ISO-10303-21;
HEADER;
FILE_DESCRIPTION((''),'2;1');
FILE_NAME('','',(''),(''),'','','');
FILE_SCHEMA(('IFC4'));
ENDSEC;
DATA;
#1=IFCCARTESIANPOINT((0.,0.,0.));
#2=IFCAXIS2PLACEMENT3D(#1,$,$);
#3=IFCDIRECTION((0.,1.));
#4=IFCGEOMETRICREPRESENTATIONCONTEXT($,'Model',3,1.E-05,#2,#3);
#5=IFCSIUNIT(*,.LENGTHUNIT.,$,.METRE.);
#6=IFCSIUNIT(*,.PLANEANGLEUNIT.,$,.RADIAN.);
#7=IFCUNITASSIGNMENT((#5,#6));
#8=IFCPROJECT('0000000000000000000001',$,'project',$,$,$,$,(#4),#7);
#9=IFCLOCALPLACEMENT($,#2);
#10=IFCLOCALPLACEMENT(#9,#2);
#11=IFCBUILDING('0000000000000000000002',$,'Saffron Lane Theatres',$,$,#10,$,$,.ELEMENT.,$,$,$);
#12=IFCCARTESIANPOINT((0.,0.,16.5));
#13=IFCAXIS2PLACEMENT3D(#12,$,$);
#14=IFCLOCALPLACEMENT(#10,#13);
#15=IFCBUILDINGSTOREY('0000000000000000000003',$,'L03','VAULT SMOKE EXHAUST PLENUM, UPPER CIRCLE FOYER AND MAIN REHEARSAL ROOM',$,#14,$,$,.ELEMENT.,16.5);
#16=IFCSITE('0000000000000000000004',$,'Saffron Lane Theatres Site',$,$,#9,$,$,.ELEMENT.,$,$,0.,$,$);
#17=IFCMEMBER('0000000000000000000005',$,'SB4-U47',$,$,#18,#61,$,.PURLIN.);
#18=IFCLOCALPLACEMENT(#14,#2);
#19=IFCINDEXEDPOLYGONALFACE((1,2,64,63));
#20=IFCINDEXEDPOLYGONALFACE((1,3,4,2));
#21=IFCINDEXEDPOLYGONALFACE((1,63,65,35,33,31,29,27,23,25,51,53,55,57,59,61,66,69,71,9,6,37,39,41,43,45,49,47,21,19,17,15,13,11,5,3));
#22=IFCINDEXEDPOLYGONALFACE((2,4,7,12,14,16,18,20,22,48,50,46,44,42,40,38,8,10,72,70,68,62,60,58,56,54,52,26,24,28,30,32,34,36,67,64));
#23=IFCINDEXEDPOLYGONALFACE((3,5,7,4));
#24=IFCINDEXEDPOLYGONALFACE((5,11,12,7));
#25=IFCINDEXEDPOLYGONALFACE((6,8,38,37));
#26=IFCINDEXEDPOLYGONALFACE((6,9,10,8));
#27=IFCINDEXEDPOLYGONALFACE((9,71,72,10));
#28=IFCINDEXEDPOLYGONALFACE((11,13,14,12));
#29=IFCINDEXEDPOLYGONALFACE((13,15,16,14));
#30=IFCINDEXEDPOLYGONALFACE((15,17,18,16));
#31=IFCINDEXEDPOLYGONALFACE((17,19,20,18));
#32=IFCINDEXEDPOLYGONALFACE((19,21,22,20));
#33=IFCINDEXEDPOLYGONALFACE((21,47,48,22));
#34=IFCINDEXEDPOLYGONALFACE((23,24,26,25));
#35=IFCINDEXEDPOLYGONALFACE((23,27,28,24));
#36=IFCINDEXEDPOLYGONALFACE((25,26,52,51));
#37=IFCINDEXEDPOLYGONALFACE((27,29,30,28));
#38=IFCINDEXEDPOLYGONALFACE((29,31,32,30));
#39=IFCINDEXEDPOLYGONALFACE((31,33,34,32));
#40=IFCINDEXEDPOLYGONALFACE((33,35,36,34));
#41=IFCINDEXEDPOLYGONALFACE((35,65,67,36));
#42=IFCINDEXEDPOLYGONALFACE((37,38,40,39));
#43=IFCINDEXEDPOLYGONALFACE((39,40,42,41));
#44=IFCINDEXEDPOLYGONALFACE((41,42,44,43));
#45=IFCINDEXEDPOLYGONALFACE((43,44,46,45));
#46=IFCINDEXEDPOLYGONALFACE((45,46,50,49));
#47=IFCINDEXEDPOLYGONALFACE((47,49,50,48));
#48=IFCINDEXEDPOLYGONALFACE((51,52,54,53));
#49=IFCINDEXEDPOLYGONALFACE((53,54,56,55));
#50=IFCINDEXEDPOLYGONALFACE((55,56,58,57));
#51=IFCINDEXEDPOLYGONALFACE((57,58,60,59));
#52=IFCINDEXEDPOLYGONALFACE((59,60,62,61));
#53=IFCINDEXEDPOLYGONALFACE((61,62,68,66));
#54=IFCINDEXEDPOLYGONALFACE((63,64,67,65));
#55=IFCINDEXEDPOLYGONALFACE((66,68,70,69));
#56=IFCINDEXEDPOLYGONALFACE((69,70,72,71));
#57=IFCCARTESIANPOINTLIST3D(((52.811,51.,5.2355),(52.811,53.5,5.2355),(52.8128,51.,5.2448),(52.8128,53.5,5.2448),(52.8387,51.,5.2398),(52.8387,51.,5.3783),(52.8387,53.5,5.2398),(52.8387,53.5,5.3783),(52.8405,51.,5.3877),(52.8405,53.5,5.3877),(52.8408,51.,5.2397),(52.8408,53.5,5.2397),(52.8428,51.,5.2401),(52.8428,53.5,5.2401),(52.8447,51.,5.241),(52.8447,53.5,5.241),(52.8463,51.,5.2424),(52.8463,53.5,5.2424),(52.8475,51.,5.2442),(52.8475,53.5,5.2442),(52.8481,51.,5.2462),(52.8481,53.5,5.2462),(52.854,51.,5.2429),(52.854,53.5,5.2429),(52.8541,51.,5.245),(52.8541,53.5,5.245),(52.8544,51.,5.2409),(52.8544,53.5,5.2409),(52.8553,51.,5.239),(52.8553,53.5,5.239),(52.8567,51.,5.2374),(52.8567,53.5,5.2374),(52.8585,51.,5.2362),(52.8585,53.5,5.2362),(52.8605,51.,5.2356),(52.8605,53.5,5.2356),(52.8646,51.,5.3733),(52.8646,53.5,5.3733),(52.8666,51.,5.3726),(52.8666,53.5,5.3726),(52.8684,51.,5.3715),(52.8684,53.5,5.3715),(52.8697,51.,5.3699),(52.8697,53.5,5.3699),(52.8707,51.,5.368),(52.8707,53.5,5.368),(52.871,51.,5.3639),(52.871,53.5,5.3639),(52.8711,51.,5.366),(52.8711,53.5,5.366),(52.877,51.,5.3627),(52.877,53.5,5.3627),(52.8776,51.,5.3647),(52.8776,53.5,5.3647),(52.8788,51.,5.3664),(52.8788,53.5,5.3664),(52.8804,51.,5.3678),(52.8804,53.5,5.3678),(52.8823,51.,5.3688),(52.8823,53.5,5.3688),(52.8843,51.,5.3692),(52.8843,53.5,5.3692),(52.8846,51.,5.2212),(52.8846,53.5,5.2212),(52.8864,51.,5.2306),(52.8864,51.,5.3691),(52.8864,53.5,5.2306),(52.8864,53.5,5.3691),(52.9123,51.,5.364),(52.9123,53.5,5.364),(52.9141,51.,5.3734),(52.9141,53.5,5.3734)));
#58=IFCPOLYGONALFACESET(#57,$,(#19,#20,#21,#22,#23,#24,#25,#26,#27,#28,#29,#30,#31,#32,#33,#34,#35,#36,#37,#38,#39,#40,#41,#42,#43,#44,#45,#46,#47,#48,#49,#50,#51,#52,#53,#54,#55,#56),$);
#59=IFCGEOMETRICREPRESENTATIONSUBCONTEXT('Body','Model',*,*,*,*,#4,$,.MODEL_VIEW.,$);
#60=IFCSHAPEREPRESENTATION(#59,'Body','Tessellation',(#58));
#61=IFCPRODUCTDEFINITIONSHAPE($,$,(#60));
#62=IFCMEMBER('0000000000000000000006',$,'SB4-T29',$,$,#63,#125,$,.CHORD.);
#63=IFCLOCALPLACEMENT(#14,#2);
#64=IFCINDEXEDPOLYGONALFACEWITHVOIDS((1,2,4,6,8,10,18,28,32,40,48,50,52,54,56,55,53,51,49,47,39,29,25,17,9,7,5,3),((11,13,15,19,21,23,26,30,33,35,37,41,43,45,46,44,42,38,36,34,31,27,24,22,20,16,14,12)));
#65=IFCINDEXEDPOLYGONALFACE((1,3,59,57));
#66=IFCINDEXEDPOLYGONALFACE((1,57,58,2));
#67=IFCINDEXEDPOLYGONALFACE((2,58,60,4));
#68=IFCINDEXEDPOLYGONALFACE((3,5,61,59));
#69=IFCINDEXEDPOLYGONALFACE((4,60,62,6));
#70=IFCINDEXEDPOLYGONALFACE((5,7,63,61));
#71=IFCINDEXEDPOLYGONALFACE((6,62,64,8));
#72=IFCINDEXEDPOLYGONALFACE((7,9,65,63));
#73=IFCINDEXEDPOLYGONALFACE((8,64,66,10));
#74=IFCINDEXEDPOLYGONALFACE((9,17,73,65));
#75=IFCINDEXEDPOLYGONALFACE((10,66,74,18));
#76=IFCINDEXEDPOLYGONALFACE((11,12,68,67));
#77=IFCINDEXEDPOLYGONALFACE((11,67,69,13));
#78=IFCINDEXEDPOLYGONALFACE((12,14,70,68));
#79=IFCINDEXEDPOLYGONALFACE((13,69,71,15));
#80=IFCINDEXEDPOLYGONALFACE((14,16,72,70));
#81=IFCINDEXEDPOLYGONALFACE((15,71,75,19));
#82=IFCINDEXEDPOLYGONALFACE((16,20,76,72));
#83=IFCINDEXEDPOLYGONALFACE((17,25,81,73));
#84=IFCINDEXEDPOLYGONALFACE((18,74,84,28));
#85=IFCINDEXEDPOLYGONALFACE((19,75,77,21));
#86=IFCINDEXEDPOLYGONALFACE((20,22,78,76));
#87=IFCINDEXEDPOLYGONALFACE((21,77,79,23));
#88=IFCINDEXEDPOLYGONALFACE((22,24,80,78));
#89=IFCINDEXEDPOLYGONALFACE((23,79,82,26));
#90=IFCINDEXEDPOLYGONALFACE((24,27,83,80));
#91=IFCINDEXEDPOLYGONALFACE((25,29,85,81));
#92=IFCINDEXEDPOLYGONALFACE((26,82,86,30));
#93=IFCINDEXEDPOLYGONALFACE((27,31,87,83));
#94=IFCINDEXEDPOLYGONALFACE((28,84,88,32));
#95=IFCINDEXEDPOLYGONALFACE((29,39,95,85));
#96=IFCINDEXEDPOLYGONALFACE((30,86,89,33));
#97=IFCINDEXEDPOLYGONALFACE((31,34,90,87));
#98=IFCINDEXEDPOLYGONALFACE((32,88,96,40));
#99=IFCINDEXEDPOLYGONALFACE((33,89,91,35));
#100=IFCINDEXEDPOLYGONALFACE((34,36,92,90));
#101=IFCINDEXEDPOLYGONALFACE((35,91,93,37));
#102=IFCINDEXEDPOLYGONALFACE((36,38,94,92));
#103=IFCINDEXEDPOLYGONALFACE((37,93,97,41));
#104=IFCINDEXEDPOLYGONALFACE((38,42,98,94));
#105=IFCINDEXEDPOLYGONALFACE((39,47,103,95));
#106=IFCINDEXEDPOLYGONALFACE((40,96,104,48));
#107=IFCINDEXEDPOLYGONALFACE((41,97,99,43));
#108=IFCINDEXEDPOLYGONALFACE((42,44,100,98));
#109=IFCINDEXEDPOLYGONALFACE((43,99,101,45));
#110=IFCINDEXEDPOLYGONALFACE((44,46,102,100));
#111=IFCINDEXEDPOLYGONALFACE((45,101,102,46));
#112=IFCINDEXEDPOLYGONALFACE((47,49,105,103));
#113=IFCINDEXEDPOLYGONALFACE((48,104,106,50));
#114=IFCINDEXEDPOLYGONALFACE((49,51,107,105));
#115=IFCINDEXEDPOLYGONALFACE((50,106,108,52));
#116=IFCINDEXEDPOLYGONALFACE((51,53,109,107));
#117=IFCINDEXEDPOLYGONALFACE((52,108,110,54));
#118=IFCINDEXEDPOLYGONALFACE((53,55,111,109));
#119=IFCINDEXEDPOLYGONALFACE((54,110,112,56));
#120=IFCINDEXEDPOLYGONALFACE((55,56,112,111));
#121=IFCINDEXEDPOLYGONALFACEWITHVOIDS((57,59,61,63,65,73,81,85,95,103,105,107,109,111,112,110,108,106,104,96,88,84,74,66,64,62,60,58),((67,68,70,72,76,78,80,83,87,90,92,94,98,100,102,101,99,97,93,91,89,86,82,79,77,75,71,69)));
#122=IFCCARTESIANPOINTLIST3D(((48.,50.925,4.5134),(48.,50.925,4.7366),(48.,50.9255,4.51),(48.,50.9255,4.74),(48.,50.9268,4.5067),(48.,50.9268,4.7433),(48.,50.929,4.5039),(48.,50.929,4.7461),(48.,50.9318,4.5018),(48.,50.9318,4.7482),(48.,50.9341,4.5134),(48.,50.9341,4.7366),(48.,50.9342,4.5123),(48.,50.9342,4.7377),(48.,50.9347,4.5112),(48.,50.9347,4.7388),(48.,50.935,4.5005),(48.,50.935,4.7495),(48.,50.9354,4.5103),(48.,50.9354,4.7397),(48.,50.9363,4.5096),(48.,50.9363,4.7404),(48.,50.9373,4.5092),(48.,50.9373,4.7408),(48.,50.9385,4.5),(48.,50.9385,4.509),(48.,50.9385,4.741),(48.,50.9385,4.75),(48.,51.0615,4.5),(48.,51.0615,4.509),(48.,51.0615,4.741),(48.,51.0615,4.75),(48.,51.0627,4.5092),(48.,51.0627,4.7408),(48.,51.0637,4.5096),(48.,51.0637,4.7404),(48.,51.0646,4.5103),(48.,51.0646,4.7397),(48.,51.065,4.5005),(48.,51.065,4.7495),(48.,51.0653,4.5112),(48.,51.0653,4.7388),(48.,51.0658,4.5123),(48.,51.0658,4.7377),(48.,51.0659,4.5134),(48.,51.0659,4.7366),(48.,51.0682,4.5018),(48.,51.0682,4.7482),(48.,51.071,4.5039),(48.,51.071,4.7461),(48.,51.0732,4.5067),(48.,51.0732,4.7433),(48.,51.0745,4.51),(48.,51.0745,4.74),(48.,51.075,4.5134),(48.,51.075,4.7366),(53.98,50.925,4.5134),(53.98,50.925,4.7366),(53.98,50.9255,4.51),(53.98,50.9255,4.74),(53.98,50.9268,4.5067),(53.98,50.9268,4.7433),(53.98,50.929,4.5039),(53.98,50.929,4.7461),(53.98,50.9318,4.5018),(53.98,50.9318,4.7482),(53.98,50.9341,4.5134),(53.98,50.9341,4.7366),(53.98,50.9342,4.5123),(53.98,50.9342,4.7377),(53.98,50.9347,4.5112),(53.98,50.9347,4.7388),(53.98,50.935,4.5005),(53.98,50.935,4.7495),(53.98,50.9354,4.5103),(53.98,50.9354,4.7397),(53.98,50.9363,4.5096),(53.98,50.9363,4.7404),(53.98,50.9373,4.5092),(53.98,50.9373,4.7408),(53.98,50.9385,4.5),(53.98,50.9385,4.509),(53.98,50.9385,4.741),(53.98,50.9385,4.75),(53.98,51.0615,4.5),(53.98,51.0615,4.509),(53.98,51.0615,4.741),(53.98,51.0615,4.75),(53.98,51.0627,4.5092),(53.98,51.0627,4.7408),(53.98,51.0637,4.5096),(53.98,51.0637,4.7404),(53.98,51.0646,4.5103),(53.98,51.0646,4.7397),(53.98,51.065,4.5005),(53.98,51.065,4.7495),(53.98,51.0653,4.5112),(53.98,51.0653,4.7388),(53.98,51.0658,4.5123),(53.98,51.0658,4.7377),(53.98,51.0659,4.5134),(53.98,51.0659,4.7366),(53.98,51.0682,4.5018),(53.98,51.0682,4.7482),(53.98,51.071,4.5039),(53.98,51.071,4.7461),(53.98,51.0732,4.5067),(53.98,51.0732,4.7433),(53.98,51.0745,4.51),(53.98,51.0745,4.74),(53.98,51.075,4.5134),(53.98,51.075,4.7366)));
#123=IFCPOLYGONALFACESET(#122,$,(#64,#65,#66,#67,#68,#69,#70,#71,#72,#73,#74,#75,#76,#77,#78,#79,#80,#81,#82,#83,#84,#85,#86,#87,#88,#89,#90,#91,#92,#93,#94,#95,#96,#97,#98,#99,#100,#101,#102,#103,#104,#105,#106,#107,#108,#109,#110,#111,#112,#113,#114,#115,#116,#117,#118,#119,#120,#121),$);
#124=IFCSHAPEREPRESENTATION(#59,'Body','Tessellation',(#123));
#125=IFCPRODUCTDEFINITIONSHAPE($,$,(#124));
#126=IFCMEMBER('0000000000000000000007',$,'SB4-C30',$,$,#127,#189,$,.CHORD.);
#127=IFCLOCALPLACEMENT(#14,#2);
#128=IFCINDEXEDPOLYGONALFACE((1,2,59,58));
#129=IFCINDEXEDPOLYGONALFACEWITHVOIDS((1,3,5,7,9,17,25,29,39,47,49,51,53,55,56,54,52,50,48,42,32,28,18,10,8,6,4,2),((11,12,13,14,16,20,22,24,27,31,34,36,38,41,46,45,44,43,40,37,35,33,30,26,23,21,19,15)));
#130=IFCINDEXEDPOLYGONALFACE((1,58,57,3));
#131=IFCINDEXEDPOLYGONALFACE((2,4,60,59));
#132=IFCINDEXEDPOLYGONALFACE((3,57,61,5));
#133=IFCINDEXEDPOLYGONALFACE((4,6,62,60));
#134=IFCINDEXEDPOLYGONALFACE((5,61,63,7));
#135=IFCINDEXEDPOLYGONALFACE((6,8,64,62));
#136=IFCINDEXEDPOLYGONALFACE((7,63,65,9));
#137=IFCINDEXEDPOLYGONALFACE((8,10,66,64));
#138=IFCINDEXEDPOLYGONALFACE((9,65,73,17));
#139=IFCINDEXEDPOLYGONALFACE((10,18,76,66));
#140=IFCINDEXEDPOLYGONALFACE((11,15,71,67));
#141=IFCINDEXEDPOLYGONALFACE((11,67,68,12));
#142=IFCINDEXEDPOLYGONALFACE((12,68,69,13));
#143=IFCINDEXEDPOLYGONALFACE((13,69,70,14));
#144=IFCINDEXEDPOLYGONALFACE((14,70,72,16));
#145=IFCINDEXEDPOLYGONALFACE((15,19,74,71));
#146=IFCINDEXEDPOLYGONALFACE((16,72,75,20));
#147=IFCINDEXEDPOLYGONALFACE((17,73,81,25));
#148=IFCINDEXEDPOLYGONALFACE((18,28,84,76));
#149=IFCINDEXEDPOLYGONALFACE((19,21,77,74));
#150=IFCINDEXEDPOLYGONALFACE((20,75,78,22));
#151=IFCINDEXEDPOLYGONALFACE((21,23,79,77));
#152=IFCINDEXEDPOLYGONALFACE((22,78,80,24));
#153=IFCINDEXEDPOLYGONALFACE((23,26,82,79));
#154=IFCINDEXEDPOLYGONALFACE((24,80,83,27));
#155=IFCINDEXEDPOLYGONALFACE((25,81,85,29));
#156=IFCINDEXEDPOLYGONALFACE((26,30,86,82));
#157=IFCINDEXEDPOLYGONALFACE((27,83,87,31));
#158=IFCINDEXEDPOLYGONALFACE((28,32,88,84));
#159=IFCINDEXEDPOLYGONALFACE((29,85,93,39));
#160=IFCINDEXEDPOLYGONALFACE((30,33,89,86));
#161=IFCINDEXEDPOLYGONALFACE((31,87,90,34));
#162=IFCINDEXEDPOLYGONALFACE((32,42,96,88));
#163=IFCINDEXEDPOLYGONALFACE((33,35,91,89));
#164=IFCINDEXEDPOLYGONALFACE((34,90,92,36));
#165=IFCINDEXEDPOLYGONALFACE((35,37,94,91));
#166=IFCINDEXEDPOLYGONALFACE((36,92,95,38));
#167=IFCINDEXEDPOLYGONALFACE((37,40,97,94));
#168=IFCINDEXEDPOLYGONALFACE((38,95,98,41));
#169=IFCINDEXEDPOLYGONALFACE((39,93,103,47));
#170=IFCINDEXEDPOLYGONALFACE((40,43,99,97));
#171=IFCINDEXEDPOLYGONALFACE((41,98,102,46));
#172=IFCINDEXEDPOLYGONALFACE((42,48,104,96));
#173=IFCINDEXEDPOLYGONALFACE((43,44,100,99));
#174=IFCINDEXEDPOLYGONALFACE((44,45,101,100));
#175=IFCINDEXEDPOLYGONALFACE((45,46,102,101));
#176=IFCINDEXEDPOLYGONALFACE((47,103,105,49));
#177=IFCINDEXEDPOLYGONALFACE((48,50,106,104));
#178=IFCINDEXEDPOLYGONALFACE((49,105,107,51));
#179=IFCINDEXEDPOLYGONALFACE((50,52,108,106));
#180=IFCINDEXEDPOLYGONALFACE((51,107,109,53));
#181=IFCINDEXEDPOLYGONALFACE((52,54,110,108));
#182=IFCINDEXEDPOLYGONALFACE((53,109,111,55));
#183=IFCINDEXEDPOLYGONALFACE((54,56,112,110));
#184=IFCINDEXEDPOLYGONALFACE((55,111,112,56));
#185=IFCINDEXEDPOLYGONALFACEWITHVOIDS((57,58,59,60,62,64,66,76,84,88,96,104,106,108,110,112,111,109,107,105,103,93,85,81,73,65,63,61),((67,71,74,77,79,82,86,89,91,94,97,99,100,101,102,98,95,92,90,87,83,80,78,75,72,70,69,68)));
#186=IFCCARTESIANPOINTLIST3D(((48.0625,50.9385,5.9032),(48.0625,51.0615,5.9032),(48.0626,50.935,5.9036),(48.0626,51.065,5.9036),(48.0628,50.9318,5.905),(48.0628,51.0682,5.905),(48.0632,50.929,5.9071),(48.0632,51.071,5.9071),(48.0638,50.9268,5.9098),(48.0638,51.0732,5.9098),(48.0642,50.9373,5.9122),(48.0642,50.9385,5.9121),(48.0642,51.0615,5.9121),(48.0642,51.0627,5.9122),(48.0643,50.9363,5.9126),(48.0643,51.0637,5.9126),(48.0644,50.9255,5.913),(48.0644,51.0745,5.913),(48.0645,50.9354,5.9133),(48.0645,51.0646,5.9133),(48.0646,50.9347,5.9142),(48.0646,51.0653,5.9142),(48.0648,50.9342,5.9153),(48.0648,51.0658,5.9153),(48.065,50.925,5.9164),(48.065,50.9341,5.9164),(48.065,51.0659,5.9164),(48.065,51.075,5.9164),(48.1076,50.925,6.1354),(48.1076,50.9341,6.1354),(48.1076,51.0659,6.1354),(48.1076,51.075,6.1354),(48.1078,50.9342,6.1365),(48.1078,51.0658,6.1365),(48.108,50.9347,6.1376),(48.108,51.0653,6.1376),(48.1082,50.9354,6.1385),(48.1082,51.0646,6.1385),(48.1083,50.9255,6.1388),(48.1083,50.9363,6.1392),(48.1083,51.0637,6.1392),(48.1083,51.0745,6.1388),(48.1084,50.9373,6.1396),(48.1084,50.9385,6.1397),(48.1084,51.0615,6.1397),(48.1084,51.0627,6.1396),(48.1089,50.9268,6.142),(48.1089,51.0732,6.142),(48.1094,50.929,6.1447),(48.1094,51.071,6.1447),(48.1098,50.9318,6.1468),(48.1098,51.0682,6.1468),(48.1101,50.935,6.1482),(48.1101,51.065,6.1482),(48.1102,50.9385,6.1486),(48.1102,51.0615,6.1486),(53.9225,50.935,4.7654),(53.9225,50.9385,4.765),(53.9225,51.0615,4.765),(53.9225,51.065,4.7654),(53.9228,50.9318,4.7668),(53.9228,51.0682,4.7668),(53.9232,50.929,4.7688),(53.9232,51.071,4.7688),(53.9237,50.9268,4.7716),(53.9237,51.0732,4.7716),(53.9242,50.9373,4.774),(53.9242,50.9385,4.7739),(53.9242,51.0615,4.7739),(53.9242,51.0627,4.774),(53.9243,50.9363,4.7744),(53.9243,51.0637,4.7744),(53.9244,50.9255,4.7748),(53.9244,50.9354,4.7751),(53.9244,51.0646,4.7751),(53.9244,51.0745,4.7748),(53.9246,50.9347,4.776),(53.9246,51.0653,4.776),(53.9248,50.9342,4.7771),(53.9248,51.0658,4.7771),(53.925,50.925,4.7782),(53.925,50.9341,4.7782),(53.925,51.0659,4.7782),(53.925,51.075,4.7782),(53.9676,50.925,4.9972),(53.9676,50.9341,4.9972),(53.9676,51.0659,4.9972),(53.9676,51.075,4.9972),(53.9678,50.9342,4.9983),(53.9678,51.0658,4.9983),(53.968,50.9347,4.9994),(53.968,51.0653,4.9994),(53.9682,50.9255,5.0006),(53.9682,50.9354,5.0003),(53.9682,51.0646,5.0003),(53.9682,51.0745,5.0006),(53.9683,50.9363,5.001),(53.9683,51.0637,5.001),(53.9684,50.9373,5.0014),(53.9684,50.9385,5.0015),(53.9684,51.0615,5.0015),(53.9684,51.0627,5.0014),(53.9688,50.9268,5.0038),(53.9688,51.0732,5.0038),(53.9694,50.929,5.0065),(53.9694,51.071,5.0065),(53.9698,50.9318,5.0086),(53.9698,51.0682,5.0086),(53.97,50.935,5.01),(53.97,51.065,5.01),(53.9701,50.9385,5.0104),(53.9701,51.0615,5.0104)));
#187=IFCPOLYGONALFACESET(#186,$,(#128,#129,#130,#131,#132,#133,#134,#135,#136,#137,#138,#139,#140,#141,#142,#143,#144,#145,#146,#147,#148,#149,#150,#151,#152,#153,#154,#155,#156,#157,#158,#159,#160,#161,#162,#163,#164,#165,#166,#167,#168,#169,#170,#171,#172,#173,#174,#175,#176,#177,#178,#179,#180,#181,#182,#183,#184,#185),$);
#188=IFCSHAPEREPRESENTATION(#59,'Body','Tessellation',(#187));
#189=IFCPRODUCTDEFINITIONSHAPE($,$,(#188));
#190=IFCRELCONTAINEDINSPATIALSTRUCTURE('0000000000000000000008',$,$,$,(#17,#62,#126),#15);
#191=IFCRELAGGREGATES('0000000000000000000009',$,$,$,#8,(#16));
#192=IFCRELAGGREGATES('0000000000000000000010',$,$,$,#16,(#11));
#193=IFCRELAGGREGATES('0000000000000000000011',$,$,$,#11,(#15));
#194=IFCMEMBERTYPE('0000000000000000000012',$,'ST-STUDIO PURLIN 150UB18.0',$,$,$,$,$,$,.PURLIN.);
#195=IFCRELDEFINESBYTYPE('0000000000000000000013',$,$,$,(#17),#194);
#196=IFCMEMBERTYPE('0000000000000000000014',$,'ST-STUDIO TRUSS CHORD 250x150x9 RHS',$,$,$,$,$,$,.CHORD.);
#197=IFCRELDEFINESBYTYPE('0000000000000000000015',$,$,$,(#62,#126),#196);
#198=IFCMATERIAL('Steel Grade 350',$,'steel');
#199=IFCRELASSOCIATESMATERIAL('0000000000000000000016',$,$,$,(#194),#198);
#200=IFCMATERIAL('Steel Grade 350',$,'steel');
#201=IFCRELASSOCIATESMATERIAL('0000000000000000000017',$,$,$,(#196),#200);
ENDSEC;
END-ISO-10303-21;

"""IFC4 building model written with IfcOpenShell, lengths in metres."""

from ifc_helpers import new_model, si_unit, direction, frame, origin, origin_2d, place, context, subcontext, project, spatial, hollow_rectangle, i_section, extrude, material, material_profile, profile_set, type_object, element, save


model = new_model("IFC4")

# Units and contexts
model_context = context("Model", 3, precision=1e-05, world=origin(), true_north=direction((0.0, 1.0)))
body_context = subcontext(model_context, "Body", "Model", "MODEL_VIEW")
ifc_project = project(units=[si_unit("LENGTHUNIT", "METRE"), si_unit("PLANEANGLEUNIT", "RADIAN")], contexts=[model_context])

# Site, building, storey
site_placement = place(None, origin())
site = spatial("IfcSite", under=ifc_project, at=site_placement, Name="Saffron Lane Theatres Site", CompositionType="ELEMENT", RefElevation=0.0)
building_placement = place(site_placement, origin())
building = spatial("IfcBuilding", under=site, at=building_placement, Name="Saffron Lane Theatres", CompositionType="ELEMENT")
storey_placement = place(building_placement, frame((0.0, 0.0, 16.5)))
storey = spatial("IfcBuildingStorey", under=building, at=storey_placement, Name="L03", Description="VAULT SMOKE EXHAUST PLENUM, UPPER CIRCLE FOYER AND MAIN REHEARSAL ROOM", CompositionType="ELEMENT", Elevation=16.5)

# Members
ifc_material_1 = material(Name="Steel Grade 350", Category="steel")
ifc_material_profile_1 = material_profile(ifc_material_1, i_section(OverallWidth=0.075, OverallDepth=0.155, WebThickness=0.0061, FlangeThickness=0.0095, FilletRadius=0.0081, at=origin_2d()))
ifc_profile_set_1 = profile_set([ifc_material_profile_1], Name="Steel Grade 350")
member_type_1 = type_object("IfcMemberType", Name="ST-STUDIO PURLIN 150UB18.0", PredefinedType="PURLIN", material=ifc_profile_set_1)
member_1_placement = place(storey_placement, frame((52.8625, 51.0, 5.3044), z_axis=(0.0, 1.0, 0.0), x_axis=(-0.981661, 0.0, 0.190637)))
element("IfcMember", 1, at=member_1_placement, inside=storey, type_object=member_type_1, Name="SB4-U47", PredefinedType="PURLIN", context=body_context, shape_type="SweptSolid", body=[
    extrude(i_section(OverallWidth=0.075, OverallDepth=0.155, WebThickness=0.0061, FlangeThickness=0.0095, FilletRadius=0.0081, at=origin_2d()), origin(), (0.0, 0.0, 1.0), 2.5),
])
ifc_material_2 = material(Name="Steel Grade 350", Category="steel")
ifc_material_profile_2 = material_profile(ifc_material_2, hollow_rectangle(XDim=0.1499, YDim=0.25, WallThickness=0.009, InnerFilletRadius=0.0044, OuterFilletRadius=0.0134, at=origin_2d()))
ifc_profile_set_2 = profile_set([ifc_material_profile_2], Name="Steel Grade 350")
member_type_2 = type_object("IfcMemberType", Name="ST-STUDIO TRUSS CHORD 250x150x9 RHS", PredefinedType="CHORD", material=ifc_profile_set_2)
member_2_placement = place(storey_placement, frame((53.98, 51.0, 4.625), z_axis=(-1.0, 0.0, 0.0), x_axis=(0.0, -1.0, 0.0)))
element("IfcMember", 2, at=member_2_placement, inside=storey, type_object=member_type_2, Name="SB4-T29", PredefinedType="CHORD", context=body_context, shape_type="SweptSolid", body=[
    extrude(hollow_rectangle(XDim=0.1499, YDim=0.25, WallThickness=0.009, InnerFilletRadius=0.0044, OuterFilletRadius=0.0134, at=origin_2d()), origin(), (0.0, 0.0, 1.0), 5.98),
])
member_3_placement = place(storey_placement, frame((53.9463, 51.0, 4.8877), z_axis=(-0.981654, 0.0, 0.19067), x_axis=(0.0, -1.0, 0.0)))
element("IfcMember", 3, at=member_3_placement, inside=storey, type_object=member_type_2, Name="SB4-C30", PredefinedType="CHORD", context=body_context, shape_type="SweptSolid", body=[
    extrude(hollow_rectangle(XDim=0.1499, YDim=0.25, WallThickness=0.009, InnerFilletRadius=0.0044, OuterFilletRadius=0.0134, at=origin_2d()), origin(), (0.0, 0.0, 1.0), 5.9695),
])

save(model, "model.ifc")
